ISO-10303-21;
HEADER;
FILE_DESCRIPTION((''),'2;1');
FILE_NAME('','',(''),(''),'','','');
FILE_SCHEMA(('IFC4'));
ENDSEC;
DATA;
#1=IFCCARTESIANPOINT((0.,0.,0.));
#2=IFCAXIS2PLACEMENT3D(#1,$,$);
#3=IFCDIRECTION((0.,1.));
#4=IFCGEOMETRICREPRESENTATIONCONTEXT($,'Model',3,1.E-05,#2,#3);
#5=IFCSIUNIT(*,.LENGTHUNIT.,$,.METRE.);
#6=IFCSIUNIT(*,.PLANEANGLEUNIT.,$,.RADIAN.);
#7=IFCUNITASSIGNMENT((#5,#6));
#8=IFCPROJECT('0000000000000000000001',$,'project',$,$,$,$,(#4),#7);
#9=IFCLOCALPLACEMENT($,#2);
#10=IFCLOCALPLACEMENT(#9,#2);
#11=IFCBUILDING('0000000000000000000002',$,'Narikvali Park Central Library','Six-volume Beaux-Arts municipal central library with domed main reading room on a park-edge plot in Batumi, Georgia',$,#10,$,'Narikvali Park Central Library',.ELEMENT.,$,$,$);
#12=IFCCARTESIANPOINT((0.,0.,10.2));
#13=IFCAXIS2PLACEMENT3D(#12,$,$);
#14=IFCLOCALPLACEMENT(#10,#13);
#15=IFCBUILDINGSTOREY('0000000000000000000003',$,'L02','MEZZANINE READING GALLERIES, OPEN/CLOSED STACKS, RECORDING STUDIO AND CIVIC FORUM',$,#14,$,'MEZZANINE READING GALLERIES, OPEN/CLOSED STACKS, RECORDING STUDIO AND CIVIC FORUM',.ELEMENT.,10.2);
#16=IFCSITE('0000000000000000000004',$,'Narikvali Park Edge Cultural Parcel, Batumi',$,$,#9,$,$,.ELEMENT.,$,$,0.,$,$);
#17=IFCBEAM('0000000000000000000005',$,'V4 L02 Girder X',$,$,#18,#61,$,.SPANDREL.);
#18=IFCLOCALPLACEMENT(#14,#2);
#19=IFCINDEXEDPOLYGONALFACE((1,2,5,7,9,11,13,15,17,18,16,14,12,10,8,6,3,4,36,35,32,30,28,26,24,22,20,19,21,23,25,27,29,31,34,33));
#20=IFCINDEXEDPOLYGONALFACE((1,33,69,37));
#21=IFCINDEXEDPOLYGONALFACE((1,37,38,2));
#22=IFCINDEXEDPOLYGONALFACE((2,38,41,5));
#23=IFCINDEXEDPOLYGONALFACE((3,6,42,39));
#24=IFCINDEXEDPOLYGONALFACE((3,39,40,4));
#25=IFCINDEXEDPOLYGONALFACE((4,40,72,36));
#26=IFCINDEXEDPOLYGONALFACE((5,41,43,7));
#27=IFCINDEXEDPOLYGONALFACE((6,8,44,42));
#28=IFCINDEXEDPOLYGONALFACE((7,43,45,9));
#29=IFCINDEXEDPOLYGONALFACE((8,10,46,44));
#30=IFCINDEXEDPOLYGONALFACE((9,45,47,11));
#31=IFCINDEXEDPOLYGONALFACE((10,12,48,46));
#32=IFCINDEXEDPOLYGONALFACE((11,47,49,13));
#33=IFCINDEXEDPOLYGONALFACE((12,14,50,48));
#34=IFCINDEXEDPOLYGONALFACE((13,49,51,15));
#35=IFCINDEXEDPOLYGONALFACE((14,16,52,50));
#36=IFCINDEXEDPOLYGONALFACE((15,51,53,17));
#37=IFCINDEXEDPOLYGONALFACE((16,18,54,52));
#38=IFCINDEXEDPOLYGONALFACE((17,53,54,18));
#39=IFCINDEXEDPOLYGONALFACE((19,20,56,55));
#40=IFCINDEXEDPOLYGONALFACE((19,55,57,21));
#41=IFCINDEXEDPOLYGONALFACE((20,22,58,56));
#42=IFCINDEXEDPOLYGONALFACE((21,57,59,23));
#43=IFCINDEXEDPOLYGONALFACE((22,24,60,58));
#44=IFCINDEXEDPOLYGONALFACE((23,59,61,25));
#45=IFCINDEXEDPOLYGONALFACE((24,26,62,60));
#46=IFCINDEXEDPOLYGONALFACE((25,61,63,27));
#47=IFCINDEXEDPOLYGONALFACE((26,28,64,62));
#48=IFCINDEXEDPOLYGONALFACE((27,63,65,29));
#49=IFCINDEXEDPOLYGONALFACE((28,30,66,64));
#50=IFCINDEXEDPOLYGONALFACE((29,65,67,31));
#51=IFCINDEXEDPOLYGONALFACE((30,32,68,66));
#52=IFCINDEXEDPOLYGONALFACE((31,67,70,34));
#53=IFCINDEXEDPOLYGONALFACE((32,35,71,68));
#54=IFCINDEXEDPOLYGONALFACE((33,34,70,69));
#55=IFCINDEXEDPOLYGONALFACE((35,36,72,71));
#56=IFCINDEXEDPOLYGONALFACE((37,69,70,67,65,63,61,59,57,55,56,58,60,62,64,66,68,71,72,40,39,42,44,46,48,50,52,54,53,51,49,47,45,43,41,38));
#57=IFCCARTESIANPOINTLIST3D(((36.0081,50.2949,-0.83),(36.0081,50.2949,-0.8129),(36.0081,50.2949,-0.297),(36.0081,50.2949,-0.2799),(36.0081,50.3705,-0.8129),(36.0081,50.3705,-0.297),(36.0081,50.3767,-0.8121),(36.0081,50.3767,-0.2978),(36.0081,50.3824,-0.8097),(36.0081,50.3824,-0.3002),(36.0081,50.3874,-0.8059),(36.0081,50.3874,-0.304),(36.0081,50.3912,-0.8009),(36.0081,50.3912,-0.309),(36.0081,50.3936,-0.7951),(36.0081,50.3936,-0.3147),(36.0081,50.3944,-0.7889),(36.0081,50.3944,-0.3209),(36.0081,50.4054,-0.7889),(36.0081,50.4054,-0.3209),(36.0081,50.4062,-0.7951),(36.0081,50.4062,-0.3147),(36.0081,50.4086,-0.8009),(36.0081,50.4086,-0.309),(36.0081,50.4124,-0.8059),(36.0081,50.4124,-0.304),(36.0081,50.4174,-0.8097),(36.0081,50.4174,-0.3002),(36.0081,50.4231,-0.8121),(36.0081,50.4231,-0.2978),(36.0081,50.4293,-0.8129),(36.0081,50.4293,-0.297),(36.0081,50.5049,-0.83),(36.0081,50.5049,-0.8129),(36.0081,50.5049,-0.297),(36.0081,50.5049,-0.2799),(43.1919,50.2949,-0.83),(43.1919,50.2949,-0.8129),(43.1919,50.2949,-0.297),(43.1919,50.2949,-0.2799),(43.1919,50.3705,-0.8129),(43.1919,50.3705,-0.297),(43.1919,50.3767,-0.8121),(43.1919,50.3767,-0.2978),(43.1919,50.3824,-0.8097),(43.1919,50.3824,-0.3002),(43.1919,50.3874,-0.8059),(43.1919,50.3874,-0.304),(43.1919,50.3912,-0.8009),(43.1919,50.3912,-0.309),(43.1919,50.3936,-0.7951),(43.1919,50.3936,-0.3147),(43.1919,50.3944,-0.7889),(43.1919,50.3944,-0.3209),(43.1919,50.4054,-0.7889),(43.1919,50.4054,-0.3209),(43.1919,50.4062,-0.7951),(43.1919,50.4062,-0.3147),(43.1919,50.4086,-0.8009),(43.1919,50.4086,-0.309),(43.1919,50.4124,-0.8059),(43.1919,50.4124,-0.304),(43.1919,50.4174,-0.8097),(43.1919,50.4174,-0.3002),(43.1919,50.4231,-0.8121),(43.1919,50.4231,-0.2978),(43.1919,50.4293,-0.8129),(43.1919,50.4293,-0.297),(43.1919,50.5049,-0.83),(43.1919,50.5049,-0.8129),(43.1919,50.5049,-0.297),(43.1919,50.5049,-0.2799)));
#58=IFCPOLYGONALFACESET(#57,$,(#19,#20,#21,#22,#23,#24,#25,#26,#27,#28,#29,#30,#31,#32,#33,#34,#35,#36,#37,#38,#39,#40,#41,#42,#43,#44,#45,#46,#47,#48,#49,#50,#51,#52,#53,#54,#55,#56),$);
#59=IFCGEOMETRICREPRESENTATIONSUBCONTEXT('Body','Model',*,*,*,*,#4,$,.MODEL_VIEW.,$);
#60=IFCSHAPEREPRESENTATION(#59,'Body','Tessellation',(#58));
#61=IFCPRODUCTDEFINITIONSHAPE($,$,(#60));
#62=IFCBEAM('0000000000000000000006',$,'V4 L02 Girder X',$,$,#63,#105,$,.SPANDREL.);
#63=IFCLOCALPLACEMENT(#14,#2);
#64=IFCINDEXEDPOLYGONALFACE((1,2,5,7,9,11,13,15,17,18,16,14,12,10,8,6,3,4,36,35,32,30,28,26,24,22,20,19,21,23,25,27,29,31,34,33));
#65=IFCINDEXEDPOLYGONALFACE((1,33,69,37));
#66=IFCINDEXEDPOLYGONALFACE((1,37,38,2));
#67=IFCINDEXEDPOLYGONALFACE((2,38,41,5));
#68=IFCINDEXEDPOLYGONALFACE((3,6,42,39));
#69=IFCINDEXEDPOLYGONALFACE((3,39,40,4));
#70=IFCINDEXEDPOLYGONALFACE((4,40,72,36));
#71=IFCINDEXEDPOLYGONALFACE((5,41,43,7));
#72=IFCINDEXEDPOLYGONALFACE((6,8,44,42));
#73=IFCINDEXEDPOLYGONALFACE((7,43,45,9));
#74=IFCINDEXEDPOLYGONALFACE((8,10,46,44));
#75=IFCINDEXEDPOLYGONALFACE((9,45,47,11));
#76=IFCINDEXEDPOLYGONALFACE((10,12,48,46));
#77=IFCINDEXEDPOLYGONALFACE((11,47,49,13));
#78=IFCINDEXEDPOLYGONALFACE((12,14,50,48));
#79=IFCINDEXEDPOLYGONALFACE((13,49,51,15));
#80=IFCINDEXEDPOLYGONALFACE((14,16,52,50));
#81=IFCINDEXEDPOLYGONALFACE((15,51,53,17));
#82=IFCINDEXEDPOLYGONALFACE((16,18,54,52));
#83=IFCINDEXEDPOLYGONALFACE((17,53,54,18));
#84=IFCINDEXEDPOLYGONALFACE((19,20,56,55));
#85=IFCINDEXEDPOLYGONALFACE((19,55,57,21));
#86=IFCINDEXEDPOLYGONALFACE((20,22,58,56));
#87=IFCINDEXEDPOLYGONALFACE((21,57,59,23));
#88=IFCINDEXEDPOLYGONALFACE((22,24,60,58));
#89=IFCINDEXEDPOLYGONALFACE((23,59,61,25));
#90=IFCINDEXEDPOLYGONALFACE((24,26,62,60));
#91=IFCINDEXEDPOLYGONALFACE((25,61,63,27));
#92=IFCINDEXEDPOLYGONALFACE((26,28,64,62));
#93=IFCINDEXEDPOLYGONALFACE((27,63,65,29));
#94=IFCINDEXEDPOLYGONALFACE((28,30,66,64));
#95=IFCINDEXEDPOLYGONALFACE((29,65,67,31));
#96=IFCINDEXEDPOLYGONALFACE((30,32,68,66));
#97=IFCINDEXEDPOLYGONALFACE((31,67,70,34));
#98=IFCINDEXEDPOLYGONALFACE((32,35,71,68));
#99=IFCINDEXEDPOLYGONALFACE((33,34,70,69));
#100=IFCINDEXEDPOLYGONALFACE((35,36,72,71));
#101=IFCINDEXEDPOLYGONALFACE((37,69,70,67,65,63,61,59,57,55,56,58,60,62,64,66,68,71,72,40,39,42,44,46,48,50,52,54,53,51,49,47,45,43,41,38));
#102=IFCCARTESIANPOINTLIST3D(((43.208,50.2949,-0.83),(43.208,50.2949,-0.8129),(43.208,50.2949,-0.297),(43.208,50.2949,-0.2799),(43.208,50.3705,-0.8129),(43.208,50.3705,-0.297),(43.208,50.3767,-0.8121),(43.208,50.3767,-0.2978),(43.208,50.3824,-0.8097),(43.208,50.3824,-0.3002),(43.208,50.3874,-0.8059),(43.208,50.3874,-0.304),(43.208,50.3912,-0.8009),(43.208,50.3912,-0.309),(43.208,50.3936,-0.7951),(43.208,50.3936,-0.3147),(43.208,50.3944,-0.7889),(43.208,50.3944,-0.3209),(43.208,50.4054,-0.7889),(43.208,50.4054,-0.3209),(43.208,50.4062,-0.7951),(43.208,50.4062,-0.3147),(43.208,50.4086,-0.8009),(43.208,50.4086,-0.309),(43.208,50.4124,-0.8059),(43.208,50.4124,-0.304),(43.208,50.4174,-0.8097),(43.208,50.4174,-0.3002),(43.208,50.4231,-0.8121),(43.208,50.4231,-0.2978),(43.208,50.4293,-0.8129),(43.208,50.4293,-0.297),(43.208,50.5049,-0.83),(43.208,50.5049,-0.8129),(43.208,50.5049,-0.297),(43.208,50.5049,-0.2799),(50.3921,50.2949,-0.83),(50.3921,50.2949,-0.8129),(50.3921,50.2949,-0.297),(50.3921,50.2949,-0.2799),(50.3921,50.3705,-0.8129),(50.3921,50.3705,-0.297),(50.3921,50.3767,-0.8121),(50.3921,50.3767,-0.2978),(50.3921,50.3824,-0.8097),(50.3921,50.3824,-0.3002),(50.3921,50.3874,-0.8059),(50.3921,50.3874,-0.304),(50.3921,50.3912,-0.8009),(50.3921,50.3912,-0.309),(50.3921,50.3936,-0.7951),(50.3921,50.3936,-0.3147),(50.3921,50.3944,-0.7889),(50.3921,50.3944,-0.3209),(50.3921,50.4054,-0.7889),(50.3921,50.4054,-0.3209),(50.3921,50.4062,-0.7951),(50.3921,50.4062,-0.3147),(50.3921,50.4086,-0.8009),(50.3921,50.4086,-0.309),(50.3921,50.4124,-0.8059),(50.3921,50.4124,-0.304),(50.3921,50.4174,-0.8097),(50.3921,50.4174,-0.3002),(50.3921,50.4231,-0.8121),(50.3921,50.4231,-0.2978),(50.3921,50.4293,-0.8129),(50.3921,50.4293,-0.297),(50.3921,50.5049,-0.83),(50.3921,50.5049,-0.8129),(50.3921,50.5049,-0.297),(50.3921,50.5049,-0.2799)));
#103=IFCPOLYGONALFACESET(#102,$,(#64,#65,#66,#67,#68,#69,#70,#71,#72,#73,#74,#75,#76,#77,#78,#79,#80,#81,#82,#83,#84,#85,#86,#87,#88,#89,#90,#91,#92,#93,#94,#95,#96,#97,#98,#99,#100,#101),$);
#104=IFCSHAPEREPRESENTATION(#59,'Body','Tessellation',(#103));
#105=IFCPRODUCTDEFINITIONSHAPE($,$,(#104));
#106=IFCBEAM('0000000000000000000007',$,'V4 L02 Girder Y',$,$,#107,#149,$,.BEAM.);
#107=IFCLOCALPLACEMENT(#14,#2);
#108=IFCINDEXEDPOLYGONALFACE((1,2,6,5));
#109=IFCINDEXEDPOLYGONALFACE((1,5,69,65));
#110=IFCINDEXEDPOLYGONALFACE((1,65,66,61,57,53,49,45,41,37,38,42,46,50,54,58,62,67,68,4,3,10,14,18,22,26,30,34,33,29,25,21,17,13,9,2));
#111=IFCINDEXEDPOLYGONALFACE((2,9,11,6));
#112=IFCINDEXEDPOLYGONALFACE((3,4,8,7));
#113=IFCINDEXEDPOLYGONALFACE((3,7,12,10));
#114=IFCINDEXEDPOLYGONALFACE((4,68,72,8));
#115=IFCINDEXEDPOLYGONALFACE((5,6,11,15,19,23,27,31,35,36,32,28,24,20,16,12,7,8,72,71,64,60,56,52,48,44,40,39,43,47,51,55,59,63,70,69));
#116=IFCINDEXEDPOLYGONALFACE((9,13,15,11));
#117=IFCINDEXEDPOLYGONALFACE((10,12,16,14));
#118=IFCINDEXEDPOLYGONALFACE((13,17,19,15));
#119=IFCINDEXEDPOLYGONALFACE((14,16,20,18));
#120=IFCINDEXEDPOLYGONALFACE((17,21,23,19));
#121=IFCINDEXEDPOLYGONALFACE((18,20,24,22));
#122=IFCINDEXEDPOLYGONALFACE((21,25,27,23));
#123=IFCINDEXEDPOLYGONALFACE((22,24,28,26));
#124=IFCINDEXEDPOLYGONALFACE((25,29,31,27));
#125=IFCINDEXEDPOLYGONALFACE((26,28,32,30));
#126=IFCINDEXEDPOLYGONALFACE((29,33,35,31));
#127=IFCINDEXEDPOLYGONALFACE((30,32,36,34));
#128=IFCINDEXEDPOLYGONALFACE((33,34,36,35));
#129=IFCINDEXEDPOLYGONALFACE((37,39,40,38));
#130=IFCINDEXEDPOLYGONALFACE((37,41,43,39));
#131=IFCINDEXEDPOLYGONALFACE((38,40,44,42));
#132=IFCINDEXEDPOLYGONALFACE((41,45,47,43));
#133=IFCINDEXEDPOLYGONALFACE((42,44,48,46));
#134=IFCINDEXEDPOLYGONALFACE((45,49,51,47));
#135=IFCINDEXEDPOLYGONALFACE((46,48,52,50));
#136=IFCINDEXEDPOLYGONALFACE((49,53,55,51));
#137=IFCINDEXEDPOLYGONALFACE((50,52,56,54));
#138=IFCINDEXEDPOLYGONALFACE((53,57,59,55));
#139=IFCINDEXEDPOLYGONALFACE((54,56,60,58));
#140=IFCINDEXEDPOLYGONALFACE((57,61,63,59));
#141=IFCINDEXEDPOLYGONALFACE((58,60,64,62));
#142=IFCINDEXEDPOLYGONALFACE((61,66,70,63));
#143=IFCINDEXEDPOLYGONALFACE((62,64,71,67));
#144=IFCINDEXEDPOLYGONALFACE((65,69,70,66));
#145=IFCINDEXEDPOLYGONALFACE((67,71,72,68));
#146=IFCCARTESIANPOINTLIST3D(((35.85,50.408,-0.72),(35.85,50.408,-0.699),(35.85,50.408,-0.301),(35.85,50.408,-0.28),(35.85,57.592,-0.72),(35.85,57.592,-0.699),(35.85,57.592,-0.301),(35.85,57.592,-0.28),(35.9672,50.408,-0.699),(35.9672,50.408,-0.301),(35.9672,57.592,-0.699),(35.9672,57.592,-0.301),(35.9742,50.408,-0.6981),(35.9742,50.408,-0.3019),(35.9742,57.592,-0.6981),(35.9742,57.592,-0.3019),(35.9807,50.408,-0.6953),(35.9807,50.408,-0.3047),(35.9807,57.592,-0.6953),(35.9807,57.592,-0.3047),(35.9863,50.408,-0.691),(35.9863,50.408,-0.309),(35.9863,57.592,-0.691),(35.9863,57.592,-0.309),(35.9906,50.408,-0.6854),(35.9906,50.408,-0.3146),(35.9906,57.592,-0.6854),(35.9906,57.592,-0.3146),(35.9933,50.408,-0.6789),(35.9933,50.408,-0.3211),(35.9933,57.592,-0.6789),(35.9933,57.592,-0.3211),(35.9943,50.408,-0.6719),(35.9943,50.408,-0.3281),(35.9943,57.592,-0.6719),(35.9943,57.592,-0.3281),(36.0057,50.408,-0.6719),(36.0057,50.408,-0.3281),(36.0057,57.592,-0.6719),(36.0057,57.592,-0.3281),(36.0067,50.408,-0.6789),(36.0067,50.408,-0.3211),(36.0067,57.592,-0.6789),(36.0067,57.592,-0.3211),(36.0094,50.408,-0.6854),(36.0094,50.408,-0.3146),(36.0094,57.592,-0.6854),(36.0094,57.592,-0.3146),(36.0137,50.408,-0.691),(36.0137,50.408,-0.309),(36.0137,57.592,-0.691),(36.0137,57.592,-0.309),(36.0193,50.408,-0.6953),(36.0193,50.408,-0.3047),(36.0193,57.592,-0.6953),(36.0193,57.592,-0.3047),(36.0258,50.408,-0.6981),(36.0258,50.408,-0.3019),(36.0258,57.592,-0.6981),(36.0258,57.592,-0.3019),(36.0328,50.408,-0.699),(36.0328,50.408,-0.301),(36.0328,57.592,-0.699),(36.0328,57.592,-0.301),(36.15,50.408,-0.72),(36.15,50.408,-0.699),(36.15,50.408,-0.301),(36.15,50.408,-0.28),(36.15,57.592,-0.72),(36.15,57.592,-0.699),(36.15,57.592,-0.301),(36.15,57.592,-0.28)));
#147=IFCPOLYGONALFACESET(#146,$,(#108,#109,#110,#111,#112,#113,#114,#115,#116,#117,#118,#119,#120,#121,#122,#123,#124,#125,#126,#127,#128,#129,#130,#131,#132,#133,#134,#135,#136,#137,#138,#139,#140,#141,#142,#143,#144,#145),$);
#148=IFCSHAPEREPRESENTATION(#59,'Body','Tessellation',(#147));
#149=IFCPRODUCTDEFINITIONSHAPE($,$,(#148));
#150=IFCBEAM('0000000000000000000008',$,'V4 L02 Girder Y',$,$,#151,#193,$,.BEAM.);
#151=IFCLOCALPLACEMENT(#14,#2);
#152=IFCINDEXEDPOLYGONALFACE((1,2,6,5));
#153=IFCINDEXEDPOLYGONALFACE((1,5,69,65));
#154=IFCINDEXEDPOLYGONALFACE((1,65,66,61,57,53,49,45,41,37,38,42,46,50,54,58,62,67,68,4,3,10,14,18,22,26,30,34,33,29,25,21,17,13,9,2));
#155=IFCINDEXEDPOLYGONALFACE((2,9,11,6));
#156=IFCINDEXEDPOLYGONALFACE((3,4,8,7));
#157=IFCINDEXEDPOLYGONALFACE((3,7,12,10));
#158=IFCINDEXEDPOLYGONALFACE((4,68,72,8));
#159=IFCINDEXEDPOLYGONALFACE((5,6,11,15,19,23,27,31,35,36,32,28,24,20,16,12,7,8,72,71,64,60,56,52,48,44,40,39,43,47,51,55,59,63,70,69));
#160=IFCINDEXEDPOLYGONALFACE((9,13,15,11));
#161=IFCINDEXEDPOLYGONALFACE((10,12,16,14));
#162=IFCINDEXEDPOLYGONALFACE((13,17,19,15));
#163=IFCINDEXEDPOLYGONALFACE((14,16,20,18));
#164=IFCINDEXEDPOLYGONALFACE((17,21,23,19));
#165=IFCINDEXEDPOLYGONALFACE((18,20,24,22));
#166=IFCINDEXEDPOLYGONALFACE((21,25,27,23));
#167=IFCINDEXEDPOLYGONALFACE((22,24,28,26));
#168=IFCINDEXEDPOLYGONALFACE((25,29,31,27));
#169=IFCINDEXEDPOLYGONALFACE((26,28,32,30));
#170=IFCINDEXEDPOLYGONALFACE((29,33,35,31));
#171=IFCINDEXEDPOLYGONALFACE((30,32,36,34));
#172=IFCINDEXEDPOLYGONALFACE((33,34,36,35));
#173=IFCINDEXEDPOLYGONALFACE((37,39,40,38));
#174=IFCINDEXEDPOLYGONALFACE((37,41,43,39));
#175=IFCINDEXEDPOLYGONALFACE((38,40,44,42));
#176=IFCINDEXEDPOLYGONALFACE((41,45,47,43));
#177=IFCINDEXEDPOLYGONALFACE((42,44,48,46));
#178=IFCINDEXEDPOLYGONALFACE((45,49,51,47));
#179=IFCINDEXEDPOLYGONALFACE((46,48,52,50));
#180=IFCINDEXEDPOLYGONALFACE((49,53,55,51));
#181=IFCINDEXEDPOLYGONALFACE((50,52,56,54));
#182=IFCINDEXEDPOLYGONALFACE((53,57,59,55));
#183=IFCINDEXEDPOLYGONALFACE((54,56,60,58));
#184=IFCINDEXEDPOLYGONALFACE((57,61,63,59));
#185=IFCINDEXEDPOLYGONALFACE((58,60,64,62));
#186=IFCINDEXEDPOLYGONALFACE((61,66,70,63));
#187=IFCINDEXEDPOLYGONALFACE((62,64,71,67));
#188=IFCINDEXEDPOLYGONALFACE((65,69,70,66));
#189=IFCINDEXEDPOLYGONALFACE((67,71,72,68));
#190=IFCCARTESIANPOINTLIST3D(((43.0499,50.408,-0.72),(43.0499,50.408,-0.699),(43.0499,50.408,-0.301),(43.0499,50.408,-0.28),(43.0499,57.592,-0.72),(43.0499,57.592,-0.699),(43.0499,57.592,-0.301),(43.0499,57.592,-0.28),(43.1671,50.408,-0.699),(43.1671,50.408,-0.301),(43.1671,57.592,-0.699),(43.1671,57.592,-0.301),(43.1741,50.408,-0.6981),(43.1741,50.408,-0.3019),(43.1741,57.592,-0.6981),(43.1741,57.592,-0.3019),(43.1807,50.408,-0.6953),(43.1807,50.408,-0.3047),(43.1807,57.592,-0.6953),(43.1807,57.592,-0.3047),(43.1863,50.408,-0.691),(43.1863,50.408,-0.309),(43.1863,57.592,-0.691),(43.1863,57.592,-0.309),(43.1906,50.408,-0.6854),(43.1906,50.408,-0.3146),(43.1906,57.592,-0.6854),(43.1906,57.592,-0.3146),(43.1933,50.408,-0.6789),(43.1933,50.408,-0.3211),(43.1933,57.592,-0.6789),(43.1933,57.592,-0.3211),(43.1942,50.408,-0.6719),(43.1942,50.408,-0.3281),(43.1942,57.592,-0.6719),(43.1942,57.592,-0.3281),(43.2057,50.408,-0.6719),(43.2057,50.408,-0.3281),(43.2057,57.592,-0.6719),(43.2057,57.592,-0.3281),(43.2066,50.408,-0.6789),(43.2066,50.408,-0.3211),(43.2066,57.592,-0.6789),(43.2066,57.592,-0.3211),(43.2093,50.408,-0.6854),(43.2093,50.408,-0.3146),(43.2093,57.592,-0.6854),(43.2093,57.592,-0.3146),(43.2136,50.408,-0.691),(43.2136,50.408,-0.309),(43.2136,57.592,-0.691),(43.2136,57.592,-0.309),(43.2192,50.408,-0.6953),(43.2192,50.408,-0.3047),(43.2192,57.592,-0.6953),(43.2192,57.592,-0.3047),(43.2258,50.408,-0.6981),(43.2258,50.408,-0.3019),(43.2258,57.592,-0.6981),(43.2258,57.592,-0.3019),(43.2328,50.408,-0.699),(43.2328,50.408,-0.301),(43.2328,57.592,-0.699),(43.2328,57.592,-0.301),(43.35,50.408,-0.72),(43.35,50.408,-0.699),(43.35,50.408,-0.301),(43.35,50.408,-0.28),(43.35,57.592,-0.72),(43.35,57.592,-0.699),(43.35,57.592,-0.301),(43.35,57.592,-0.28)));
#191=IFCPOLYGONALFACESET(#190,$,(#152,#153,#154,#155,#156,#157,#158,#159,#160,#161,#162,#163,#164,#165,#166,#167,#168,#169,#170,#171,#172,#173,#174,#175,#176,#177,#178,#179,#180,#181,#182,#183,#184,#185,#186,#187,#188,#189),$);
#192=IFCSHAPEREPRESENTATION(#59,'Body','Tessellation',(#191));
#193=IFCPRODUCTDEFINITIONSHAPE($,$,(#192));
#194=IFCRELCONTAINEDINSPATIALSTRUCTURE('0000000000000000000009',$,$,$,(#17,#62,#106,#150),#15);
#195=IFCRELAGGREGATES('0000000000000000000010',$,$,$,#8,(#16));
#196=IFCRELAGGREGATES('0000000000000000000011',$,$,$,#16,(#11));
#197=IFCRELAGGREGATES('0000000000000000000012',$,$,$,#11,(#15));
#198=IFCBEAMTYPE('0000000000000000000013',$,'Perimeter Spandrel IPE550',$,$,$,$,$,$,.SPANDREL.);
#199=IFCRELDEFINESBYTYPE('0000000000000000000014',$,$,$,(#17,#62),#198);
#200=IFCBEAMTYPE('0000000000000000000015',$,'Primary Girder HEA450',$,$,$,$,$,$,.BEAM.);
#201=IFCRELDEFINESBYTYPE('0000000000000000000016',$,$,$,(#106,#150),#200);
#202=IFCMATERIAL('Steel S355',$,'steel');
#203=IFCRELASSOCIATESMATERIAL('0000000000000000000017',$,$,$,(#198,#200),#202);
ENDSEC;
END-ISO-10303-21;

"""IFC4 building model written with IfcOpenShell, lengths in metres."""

from ifc_helpers import new_model, si_unit, direction, frame, origin, origin_2d, place, context, subcontext, project, spatial, i_section, extrude, material, material_profile, profile_set, type_object, element, save


model = new_model("IFC4")

# Units and contexts
model_context = context("Model", 3, precision=1e-05, world=origin(), true_north=direction((0.0, 1.0)))
body_context = subcontext(model_context, "Body", "Model", "MODEL_VIEW")
ifc_project = project(units=[si_unit("LENGTHUNIT", "METRE"), si_unit("PLANEANGLEUNIT", "RADIAN")], contexts=[model_context])

# Site, building, storey
site_placement = place(None, origin())
site = spatial("IfcSite", under=ifc_project, at=site_placement, Name="Narikvali Park Edge Cultural Parcel, Batumi", CompositionType="ELEMENT", RefElevation=0.0)
building_placement = place(site_placement, origin())
building = spatial("IfcBuilding", under=site, at=building_placement, Name="Narikvali Park Central Library", Description="Six-volume Beaux-Arts municipal central library with domed main reading room on a park-edge plot in Batumi, Georgia", LongName="Narikvali Park Central Library", CompositionType="ELEMENT")
storey_placement = place(building_placement, frame((0.0, 0.0, 10.2)))
storey = spatial("IfcBuildingStorey", under=building, at=storey_placement, Name="L02", Description="MEZZANINE READING GALLERIES, OPEN/CLOSED STACKS, RECORDING STUDIO AND CIVIC FORUM", LongName="MEZZANINE READING GALLERIES, OPEN/CLOSED STACKS, RECORDING STUDIO AND CIVIC FORUM", CompositionType="ELEMENT", Elevation=10.2)

# Shared definitions
ifc_material_1 = material(Name="Steel S355", Category="steel")

# Beams
ifc_material_profile_1 = material_profile(ifc_material_1, i_section(OverallWidth=0.21, OverallDepth=0.55, WebThickness=0.011, FlangeThickness=0.0171, FilletRadius=0.0239, at=origin_2d()), Name="IPE 550")
ifc_profile_set_1 = profile_set([ifc_material_profile_1], Name="Steel S355")
beam_type_1 = type_object("IfcBeamType", Name="Perimeter Spandrel IPE550", PredefinedType="SPANDREL", material=ifc_profile_set_1)
beam_1_placement = place(storey_placement, frame((36.0081, 50.3999, -0.5549), z_axis=(1.0, 0.0, 0.0), x_axis=(0.0, 1.0, 0.0)))
element("IfcBeam", 1, at=beam_1_placement, inside=storey, type_object=beam_type_1, Name="V4 L02 Girder X", PredefinedType="SPANDREL", context=body_context, shape_type="SweptSolid", body=[
    extrude(i_section(OverallWidth=0.21, OverallDepth=0.55, WebThickness=0.011, FlangeThickness=0.0171, FilletRadius=0.0239, at=origin_2d()), origin(), (0.0, 0.0, 1.0), 7.1838),
])
beam_2_placement = place(storey_placement, frame((43.208, 50.3999, -0.5549), z_axis=(1.0, 0.0, 0.0), x_axis=(0.0, 1.0, 0.0)))
element("IfcBeam", 2, at=beam_2_placement, inside=storey, type_object=beam_type_1, Name="V4 L02 Girder X", PredefinedType="SPANDREL", context=body_context, shape_type="SweptSolid", body=[
    extrude(i_section(OverallWidth=0.21, OverallDepth=0.55, WebThickness=0.011, FlangeThickness=0.0171, FilletRadius=0.0239, at=origin_2d()), origin(), (0.0, 0.0, 1.0), 7.1841),
])
ifc_material_profile_2 = material_profile(ifc_material_1, i_section(OverallWidth=0.3, OverallDepth=0.4399, WebThickness=0.0115, FlangeThickness=0.021, FilletRadius=0.0271, at=origin_2d()), Name="HEA 450")
ifc_profile_set_2 = profile_set([ifc_material_profile_2], Name="Steel S355")
beam_type_2 = type_object("IfcBeamType", Name="Primary Girder HEA450", PredefinedType="BEAM", material=ifc_profile_set_2)
for number, where, z_axis, x_axis, name in (
    (3, (36.0, 50.408, -0.5), (0.0, 1.0, 0.0), (-1.0, 0.0, 0.0), "V4 L02 Girder Y"),
    (4, (43.2, 50.408, -0.5), (0.0, 1.0, 0.0), (-1.0, 0.0, 0.0), "V4 L02 Girder Y"),
):
    element("IfcBeam", number, at=place(storey_placement, frame(where, z_axis=z_axis, x_axis=x_axis)), inside=storey, type_object=beam_type_2, Name=name, PredefinedType="BEAM", context=body_context, shape_type="SweptSolid", body=[
        extrude(i_section(OverallWidth=0.3, OverallDepth=0.4399, WebThickness=0.0115, FlangeThickness=0.021, FilletRadius=0.0271, at=origin_2d()), origin(), (0.0, 0.0, 1.0), 7.1841),
    ])

save(model, "model.ifc")
